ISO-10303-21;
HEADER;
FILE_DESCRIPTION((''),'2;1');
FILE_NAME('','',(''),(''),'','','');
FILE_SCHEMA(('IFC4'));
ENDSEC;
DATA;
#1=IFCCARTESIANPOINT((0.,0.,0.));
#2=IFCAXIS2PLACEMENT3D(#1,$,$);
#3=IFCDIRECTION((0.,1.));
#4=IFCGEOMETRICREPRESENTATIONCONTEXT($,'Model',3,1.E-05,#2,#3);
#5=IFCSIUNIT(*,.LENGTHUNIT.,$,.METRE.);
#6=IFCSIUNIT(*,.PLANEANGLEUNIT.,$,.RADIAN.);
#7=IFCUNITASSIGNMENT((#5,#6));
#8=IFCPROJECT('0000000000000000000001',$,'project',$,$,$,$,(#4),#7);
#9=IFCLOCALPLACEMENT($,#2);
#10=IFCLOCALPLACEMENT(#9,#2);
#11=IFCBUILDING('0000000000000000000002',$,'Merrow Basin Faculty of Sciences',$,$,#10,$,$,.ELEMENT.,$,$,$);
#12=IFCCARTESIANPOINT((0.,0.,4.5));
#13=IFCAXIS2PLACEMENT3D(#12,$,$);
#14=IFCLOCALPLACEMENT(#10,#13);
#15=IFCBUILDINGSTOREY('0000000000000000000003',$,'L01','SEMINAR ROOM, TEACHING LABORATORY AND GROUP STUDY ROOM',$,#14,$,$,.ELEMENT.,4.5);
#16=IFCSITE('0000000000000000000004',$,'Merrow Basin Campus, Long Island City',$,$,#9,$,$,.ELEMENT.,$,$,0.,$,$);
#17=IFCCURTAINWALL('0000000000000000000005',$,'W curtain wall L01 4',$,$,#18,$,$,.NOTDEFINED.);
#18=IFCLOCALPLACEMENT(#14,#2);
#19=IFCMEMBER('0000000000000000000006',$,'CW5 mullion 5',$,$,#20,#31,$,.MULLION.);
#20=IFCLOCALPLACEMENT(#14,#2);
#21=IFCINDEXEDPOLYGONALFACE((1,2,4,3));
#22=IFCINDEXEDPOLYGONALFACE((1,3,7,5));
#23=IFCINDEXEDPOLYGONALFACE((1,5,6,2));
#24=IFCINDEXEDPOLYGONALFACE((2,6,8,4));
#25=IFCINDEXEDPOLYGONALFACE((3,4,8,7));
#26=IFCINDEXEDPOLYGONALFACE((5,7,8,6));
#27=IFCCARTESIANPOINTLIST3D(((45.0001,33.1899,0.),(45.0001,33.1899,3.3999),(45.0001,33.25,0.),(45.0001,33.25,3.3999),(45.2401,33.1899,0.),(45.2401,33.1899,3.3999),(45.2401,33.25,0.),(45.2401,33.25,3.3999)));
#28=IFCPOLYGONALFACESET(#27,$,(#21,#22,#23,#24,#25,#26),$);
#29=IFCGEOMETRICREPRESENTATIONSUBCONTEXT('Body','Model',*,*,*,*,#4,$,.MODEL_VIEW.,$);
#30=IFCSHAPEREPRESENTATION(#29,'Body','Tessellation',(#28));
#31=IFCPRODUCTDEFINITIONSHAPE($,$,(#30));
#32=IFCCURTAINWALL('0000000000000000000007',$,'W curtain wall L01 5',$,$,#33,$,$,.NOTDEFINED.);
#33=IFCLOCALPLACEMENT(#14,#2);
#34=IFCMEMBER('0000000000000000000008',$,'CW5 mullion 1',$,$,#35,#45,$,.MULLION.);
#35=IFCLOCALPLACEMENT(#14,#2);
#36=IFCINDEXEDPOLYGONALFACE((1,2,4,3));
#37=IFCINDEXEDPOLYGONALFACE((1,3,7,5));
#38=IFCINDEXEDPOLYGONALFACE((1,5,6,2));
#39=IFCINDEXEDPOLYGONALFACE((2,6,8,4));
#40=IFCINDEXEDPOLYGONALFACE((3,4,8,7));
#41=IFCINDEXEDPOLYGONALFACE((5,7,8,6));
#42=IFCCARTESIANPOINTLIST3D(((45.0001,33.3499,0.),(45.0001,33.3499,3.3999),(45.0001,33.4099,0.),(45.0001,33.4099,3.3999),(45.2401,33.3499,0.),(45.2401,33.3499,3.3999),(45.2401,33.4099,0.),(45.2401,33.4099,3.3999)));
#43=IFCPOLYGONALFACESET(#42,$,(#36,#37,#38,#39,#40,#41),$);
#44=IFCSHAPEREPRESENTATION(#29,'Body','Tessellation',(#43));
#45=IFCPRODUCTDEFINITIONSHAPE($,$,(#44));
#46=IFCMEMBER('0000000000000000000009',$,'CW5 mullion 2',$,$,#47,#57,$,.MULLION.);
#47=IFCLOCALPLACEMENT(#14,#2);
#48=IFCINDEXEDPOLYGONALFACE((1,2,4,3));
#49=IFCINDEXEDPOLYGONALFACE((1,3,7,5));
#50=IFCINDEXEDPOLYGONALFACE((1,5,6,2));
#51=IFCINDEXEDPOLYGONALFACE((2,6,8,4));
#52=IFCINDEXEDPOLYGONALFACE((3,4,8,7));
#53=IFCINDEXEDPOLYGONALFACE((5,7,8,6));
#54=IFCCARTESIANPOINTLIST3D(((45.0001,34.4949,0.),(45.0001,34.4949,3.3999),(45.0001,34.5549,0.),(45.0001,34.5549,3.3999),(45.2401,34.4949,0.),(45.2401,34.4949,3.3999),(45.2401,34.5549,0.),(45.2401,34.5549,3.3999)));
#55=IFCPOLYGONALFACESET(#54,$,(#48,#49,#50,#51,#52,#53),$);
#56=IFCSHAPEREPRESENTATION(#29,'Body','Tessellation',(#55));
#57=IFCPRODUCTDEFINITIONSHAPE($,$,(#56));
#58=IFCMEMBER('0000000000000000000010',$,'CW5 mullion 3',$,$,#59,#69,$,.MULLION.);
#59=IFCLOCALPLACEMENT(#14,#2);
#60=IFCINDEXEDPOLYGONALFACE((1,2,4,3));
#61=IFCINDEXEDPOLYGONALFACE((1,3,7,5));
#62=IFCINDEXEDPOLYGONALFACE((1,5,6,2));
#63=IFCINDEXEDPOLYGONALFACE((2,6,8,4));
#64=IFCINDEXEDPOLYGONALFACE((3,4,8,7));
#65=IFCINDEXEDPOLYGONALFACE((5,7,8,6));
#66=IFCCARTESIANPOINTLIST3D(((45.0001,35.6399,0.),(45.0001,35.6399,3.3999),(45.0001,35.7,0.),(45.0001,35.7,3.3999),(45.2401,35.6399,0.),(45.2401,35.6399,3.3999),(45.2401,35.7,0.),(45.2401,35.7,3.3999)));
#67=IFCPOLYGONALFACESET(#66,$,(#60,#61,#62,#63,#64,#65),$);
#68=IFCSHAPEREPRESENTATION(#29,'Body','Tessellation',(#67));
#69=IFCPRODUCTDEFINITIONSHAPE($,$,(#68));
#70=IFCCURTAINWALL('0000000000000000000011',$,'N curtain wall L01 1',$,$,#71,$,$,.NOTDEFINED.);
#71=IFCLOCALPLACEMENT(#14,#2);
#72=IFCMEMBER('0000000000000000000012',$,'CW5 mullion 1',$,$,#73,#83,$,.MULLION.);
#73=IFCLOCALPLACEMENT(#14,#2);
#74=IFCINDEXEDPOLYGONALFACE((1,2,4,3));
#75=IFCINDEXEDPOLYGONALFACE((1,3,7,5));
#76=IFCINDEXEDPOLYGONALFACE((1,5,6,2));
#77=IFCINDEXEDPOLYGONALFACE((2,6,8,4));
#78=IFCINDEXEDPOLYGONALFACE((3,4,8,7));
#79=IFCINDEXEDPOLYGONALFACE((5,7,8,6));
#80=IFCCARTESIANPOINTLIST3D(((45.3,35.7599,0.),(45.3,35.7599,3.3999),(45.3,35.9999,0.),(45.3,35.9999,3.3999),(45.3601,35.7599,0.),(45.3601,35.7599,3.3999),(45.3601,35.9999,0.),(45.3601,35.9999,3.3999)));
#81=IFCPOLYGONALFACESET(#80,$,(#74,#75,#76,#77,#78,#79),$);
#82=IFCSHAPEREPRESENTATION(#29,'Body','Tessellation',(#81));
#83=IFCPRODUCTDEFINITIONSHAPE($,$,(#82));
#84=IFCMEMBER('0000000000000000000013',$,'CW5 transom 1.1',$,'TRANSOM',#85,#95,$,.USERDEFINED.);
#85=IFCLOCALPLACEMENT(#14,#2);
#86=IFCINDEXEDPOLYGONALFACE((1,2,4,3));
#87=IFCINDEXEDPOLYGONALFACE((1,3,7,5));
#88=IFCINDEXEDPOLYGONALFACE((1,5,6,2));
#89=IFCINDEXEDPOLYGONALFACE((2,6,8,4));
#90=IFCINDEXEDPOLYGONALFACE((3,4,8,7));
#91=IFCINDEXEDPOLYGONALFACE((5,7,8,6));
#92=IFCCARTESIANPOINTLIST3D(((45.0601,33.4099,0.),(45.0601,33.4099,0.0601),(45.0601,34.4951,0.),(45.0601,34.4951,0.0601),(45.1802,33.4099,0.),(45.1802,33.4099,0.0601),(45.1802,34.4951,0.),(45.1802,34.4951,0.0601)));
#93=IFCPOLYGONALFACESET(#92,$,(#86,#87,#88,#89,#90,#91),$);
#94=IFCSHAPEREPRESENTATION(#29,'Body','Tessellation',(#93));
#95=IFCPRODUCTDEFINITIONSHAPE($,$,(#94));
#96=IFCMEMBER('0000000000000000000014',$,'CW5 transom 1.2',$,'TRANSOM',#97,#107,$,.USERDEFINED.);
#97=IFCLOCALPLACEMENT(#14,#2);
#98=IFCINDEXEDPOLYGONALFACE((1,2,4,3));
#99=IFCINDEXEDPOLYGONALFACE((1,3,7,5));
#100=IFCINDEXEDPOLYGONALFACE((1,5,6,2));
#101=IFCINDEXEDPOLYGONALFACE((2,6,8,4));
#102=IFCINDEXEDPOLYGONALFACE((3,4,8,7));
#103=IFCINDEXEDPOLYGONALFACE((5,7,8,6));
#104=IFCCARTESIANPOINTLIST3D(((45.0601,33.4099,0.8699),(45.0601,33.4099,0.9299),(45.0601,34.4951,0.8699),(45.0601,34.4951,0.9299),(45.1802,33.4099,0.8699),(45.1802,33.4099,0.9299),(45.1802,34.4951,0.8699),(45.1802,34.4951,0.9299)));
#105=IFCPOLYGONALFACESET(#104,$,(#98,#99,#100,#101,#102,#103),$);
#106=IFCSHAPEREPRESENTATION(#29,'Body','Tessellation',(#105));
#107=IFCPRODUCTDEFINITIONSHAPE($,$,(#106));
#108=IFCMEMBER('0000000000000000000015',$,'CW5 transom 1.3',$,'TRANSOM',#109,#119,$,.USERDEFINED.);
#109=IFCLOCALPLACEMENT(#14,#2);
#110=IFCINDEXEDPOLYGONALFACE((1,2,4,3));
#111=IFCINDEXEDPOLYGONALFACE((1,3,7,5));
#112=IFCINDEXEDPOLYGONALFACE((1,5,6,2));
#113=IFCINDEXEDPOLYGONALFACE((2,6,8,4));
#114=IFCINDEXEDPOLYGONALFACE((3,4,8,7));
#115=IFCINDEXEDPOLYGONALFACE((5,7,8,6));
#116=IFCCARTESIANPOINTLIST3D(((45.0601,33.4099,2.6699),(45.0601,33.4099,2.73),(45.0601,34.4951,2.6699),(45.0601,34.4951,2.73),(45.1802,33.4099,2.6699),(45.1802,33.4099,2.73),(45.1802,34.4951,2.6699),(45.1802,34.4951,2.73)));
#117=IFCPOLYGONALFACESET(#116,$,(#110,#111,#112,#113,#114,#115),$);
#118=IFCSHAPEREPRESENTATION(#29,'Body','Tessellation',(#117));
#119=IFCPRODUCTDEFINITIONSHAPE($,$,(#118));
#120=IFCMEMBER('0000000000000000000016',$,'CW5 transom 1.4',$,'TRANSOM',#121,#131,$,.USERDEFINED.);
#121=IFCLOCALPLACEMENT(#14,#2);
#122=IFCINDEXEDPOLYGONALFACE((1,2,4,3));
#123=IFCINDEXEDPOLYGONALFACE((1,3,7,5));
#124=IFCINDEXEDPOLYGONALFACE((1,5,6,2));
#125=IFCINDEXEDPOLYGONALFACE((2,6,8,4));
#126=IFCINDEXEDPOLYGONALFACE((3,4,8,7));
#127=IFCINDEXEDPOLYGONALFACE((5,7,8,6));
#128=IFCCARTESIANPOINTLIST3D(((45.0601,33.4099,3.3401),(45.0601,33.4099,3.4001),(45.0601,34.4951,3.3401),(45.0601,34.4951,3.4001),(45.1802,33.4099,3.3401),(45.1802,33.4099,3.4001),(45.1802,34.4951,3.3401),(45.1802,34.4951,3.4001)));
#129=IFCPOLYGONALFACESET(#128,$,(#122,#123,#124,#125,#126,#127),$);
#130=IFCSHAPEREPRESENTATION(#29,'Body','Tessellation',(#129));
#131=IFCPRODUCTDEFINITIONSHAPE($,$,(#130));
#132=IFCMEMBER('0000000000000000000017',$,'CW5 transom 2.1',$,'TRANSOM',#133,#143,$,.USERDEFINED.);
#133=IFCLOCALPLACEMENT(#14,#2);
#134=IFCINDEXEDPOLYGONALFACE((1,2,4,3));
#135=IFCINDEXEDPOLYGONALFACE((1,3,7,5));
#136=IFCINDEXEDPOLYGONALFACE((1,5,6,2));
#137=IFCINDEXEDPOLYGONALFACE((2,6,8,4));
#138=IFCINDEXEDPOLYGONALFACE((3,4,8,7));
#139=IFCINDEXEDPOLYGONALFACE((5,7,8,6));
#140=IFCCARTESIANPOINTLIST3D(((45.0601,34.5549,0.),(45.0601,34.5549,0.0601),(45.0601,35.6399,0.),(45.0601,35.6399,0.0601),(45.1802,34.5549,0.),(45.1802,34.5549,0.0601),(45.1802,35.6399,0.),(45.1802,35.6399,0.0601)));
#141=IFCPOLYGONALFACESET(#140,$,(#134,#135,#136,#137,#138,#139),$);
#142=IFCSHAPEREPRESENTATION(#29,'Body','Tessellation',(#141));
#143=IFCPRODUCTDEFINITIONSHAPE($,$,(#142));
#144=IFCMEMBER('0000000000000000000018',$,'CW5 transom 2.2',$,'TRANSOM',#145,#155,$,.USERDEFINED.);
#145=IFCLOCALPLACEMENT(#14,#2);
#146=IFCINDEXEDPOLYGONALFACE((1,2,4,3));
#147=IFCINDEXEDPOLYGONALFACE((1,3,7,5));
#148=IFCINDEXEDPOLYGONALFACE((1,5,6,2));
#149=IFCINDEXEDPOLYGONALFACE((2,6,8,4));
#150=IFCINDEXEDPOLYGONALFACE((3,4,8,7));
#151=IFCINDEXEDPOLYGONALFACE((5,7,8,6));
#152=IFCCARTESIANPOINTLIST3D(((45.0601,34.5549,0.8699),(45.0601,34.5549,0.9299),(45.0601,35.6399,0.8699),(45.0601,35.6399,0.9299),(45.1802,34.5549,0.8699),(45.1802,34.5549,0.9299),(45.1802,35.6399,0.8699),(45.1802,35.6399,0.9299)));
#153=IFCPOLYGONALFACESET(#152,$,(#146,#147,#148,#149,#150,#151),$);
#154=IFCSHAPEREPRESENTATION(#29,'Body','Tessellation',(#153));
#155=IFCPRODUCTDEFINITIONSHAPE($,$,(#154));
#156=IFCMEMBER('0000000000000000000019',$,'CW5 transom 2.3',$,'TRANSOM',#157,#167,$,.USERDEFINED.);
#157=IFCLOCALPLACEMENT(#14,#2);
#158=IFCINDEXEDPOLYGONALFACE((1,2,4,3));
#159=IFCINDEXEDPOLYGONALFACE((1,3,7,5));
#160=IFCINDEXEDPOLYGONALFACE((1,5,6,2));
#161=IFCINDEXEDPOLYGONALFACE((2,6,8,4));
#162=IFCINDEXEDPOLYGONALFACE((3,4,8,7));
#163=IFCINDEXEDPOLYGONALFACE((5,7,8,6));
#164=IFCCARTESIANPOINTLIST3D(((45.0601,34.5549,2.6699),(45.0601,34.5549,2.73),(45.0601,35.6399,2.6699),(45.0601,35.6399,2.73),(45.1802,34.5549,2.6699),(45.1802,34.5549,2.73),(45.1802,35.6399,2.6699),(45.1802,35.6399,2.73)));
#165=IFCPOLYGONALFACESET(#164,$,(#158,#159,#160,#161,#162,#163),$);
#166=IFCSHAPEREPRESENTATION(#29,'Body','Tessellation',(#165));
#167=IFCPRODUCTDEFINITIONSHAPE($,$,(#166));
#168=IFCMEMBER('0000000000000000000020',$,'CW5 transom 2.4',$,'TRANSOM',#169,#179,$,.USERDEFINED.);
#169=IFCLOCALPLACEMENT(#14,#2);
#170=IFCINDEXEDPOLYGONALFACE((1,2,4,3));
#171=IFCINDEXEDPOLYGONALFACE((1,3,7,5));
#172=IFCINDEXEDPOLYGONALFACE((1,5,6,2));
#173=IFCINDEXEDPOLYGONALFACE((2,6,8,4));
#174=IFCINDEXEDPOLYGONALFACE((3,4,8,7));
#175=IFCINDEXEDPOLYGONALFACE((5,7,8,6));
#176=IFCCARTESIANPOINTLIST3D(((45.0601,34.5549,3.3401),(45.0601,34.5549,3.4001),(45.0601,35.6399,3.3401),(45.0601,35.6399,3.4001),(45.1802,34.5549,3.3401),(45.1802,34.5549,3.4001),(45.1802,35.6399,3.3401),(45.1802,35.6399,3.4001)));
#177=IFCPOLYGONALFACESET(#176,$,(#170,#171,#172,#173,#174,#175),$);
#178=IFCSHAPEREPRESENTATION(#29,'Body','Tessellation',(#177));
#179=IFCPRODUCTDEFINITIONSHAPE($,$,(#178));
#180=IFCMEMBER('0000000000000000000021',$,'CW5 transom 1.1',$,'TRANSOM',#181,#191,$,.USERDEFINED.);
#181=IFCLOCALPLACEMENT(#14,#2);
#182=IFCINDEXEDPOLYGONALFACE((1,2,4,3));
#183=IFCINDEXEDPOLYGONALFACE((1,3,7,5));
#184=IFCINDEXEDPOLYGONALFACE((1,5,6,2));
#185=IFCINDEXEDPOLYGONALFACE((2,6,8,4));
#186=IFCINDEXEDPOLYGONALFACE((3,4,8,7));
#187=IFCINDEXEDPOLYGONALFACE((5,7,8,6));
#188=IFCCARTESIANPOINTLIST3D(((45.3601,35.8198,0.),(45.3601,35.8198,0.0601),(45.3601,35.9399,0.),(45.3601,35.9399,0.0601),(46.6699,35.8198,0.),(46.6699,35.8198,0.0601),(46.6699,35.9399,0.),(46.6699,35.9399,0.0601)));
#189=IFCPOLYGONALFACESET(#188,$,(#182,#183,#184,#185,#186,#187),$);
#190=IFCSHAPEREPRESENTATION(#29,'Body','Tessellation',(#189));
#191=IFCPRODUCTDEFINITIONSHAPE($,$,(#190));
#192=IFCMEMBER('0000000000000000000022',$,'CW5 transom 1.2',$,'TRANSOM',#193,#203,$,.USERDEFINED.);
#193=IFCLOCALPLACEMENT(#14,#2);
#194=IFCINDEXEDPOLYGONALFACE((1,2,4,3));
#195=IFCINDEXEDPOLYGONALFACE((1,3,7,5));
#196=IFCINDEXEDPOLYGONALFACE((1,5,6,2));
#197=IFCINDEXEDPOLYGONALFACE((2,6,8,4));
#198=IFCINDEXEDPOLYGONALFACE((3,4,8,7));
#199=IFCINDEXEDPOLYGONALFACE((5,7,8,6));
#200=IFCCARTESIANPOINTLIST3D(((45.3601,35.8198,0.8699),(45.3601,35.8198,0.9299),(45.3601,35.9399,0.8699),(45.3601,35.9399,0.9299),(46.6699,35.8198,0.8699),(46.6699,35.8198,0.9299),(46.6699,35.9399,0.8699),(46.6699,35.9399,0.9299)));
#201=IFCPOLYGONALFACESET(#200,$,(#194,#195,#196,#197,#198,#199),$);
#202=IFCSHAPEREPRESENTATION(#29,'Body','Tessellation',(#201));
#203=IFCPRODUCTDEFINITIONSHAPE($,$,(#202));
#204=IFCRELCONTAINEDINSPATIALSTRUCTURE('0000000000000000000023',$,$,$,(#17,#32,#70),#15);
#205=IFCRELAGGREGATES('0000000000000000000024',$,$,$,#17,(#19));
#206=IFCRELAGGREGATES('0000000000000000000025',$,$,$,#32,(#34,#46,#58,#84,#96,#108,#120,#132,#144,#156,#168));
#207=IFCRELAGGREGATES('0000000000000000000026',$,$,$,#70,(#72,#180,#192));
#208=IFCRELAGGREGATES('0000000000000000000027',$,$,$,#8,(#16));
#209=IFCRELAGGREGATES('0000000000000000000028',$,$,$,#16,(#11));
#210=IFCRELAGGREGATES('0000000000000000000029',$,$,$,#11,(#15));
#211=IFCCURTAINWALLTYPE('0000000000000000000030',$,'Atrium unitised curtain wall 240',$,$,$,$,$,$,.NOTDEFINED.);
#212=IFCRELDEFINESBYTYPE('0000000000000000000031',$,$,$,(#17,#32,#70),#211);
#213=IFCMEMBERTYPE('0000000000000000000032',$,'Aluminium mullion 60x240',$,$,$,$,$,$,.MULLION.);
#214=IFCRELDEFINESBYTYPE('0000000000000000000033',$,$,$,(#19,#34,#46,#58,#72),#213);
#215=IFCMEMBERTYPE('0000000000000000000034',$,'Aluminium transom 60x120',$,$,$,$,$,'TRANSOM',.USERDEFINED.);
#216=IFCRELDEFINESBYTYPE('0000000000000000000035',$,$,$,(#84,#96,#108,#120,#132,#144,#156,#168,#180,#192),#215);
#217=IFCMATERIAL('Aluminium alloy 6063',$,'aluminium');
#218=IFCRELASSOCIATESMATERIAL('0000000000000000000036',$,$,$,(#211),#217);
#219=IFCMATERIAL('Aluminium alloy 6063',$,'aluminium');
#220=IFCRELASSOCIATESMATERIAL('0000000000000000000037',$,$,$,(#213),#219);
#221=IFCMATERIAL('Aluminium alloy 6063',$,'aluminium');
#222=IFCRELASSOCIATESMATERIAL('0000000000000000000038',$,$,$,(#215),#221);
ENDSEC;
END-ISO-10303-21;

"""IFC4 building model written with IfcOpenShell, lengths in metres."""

from ifc_helpers import new_model, si_unit, direction, frame, origin, origin_2d, place, context, subcontext, project, spatial, rectangle, extrude, material, material_profile, profile_set, type_object, element, aggregate, save


model = new_model("IFC4")

# Units and contexts
model_context = context("Model", 3, precision=1e-05, world=origin(), true_north=direction((0.0, 1.0)))
body_context = subcontext(model_context, "Body", "Model", "MODEL_VIEW")
ifc_project = project(units=[si_unit("LENGTHUNIT", "METRE"), si_unit("PLANEANGLEUNIT", "RADIAN")], contexts=[model_context])

# Site, building, storey
site_placement = place(None, origin())
site = spatial("IfcSite", under=ifc_project, at=site_placement, Name="Merrow Basin Campus, Long Island City", CompositionType="ELEMENT", RefElevation=0.0)
building_placement = place(site_placement, origin())
building = spatial("IfcBuilding", under=site, at=building_placement, Name="Merrow Basin Faculty of Sciences", CompositionType="ELEMENT")
storey_placement = place(building_placement, frame((0.0, 0.0, 4.5)))
storey = spatial("IfcBuildingStorey", under=building, at=storey_placement, Name="L01", Description="SEMINAR ROOM, TEACHING LABORATORY AND GROUP STUDY ROOM", CompositionType="ELEMENT", Elevation=4.5)

# Curtain wall, member
ifc_material_1 = material(Name="Aluminium alloy 6063", Category="aluminium")
curtain_wall_type = type_object("IfcCurtainWallType", Name="Atrium unitised curtain wall 240", PredefinedType="NOTDEFINED", material=ifc_material_1)
curtain_wall_1_placement = place(storey_placement, origin())
curtain_wall_1 = element("IfcCurtainWall", 1, at=curtain_wall_1_placement, inside=storey, type_object=curtain_wall_type, Name="W curtain wall L01 4", PredefinedType="NOTDEFINED")
ifc_material_2 = material(Name="Aluminium alloy 6063", Category="aluminium")
ifc_material_profile_1 = material_profile(ifc_material_2, rectangle(XDim=0.24, YDim=0.0601, at=origin_2d()))
ifc_profile_set_1 = profile_set([ifc_material_profile_1], Name="Aluminium alloy 6063")
member_type_1 = type_object("IfcMemberType", Name="Aluminium mullion 60x240", PredefinedType="MULLION", material=ifc_profile_set_1)
member_1_placement = place(storey_placement, frame((45.1201, 33.22, 0.0), z_axis=(0.0, 0.0, 1.0), x_axis=(-1.0, 0.0, 0.0)))
member_1 = element("IfcMember", 2, at=member_1_placement, type_object=member_type_1, Name="CW5 mullion 5", PredefinedType="MULLION", context=body_context, shape_type="SweptSolid", body=[
    extrude(rectangle(XDim=0.24, YDim=0.0601, at=origin_2d()), origin(), (0.0, 0.0, 1.0), 3.3999),
])
aggregate(curtain_wall_1, [member_1])

# Curtain wall, members
curtain_wall_2_placement = place(storey_placement, origin())
curtain_wall_2 = element("IfcCurtainWall", 3, at=curtain_wall_2_placement, inside=storey, type_object=curtain_wall_type, Name="W curtain wall L01 5", PredefinedType="NOTDEFINED")
member_2_placement = place(storey_placement, frame((45.1201, 33.3799, 0.0), z_axis=(0.0, 0.0, 1.0), x_axis=(-1.0, 0.0, 0.0)))
member_2 = element("IfcMember", 4, at=member_2_placement, type_object=member_type_1, Name="CW5 mullion 1", PredefinedType="MULLION", context=body_context, shape_type="SweptSolid", body=[
    extrude(rectangle(XDim=0.24, YDim=0.0601, at=origin_2d()), origin(), (0.0, 0.0, 1.0), 3.3999),
])
member_3_placement = place(storey_placement, frame((45.1201, 34.5249, 0.0), z_axis=(0.0, 0.0, 1.0), x_axis=(-1.0, 0.0, 0.0)))
member_3 = element("IfcMember", 5, at=member_3_placement, type_object=member_type_1, Name="CW5 mullion 2", PredefinedType="MULLION", context=body_context, shape_type="SweptSolid", body=[
    extrude(rectangle(XDim=0.24, YDim=0.0601, at=origin_2d()), origin(), (0.0, 0.0, 1.0), 3.3999),
])
member_4_placement = place(storey_placement, frame((45.1201, 35.6699, 0.0), z_axis=(0.0, 0.0, 1.0), x_axis=(-1.0, 0.0, 0.0)))
member_4 = element("IfcMember", 6, at=member_4_placement, type_object=member_type_1, Name="CW5 mullion 3", PredefinedType="MULLION", context=body_context, shape_type="SweptSolid", body=[
    extrude(rectangle(XDim=0.24, YDim=0.0601, at=origin_2d()), origin(), (0.0, 0.0, 1.0), 3.3999),
])

# Curtain wall, member
curtain_wall_3_placement = place(storey_placement, origin())
curtain_wall_3 = element("IfcCurtainWall", 7, at=curtain_wall_3_placement, inside=storey, type_object=curtain_wall_type, Name="N curtain wall L01 1", PredefinedType="NOTDEFINED")
member_5_placement = place(storey_placement, frame((45.3301, 35.8799, 0.0), z_axis=(0.0, 0.0, 1.0), x_axis=(0.0, 1.0, 0.0)))
member_5 = element("IfcMember", 8, at=member_5_placement, type_object=member_type_1, Name="CW5 mullion 1", PredefinedType="MULLION", context=body_context, shape_type="SweptSolid", body=[
    extrude(rectangle(XDim=0.24, YDim=0.0601, at=origin_2d()), origin(), (0.0, 0.0, 1.0), 3.3999),
])

# Members
ifc_material_3 = material(Name="Aluminium alloy 6063", Category="aluminium")
ifc_material_profile_2 = material_profile(ifc_material_3, rectangle(XDim=0.1201, YDim=0.0601, at=origin_2d()))
ifc_profile_set_2 = profile_set([ifc_material_profile_2], Name="Aluminium alloy 6063")
member_type_2 = type_object("IfcMemberType", Name="Aluminium transom 60x120", ElementType="TRANSOM", PredefinedType="USERDEFINED", material=ifc_profile_set_2)
member_6_placement = place(storey_placement, frame((45.1201, 33.4099, 0.03), z_axis=(0.0, 1.0, 0.0), x_axis=(-1.0, 0.0, 0.0)))
member_6 = element("IfcMember", 9, at=member_6_placement, type_object=member_type_2, Name="CW5 transom 1.1", ObjectType="TRANSOM", PredefinedType="USERDEFINED", context=body_context, shape_type="SweptSolid", body=[
    extrude(rectangle(XDim=0.1201, YDim=0.0601, at=origin_2d()), origin(), (0.0, 0.0, 1.0), 1.0852),
])
member_7_placement = place(storey_placement, frame((45.1201, 33.4099, 0.8999), z_axis=(0.0, 1.0, 0.0), x_axis=(-1.0, 0.0, 0.0)))
member_7 = element("IfcMember", 10, at=member_7_placement, type_object=member_type_2, Name="CW5 transom 1.2", ObjectType="TRANSOM", PredefinedType="USERDEFINED", context=body_context, shape_type="SweptSolid", body=[
    extrude(rectangle(XDim=0.1201, YDim=0.0601, at=origin_2d()), origin(), (0.0, 0.0, 1.0), 1.0852),
])
member_8_placement = place(storey_placement, frame((45.1201, 33.4099, 2.7), z_axis=(0.0, 1.0, 0.0), x_axis=(-1.0, 0.0, 0.0)))
member_8 = element("IfcMember", 11, at=member_8_placement, type_object=member_type_2, Name="CW5 transom 1.3", ObjectType="TRANSOM", PredefinedType="USERDEFINED", context=body_context, shape_type="SweptSolid", body=[
    extrude(rectangle(XDim=0.1201, YDim=0.0601, at=origin_2d()), origin(), (0.0, 0.0, 1.0), 1.0852),
])
member_9_placement = place(storey_placement, frame((45.1201, 33.4099, 3.3701), z_axis=(0.0, 1.0, 0.0), x_axis=(-1.0, 0.0, 0.0)))
member_9 = element("IfcMember", 12, at=member_9_placement, type_object=member_type_2, Name="CW5 transom 1.4", ObjectType="TRANSOM", PredefinedType="USERDEFINED", context=body_context, shape_type="SweptSolid", body=[
    extrude(rectangle(XDim=0.1201, YDim=0.0601, at=origin_2d()), origin(), (0.0, 0.0, 1.0), 1.0852),
])
member_10_placement = place(storey_placement, frame((45.1201, 34.5549, 0.03), z_axis=(0.0, 1.0, 0.0), x_axis=(-1.0, 0.0, 0.0)))
member_10 = element("IfcMember", 13, at=member_10_placement, type_object=member_type_2, Name="CW5 transom 2.1", ObjectType="TRANSOM", PredefinedType="USERDEFINED", context=body_context, shape_type="SweptSolid", body=[
    extrude(rectangle(XDim=0.1201, YDim=0.0601, at=origin_2d()), origin(), (0.0, 0.0, 1.0), 1.085),
])
member_11_placement = place(storey_placement, frame((45.1201, 34.5549, 0.8999), z_axis=(0.0, 1.0, 0.0), x_axis=(-1.0, 0.0, 0.0)))
member_11 = element("IfcMember", 14, at=member_11_placement, type_object=member_type_2, Name="CW5 transom 2.2", ObjectType="TRANSOM", PredefinedType="USERDEFINED", context=body_context, shape_type="SweptSolid", body=[
    extrude(rectangle(XDim=0.1201, YDim=0.0601, at=origin_2d()), origin(), (0.0, 0.0, 1.0), 1.085),
])
member_12_placement = place(storey_placement, frame((45.1201, 34.5549, 2.7), z_axis=(0.0, 1.0, 0.0), x_axis=(-1.0, 0.0, 0.0)))
member_12 = element("IfcMember", 15, at=member_12_placement, type_object=member_type_2, Name="CW5 transom 2.3", ObjectType="TRANSOM", PredefinedType="USERDEFINED", context=body_context, shape_type="SweptSolid", body=[
    extrude(rectangle(XDim=0.1201, YDim=0.0601, at=origin_2d()), origin(), (0.0, 0.0, 1.0), 1.085),
])
member_13_placement = place(storey_placement, frame((45.1201, 34.5549, 3.3701), z_axis=(0.0, 1.0, 0.0), x_axis=(-1.0, 0.0, 0.0)))
member_13 = element("IfcMember", 16, at=member_13_placement, type_object=member_type_2, Name="CW5 transom 2.4", ObjectType="TRANSOM", PredefinedType="USERDEFINED", context=body_context, shape_type="SweptSolid", body=[
    extrude(rectangle(XDim=0.1201, YDim=0.0601, at=origin_2d()), origin(), (0.0, 0.0, 1.0), 1.085),
])
member_14_placement = place(storey_placement, frame((45.3601, 35.8799, 0.03), z_axis=(1.0, 0.0, 0.0), x_axis=(0.0, 1.0, 0.0)))
member_14 = element("IfcMember", 17, at=member_14_placement, type_object=member_type_2, Name="CW5 transom 1.1", ObjectType="TRANSOM", PredefinedType="USERDEFINED", context=body_context, shape_type="SweptSolid", body=[
    extrude(rectangle(XDim=0.1201, YDim=0.0601, at=origin_2d()), origin(), (0.0, 0.0, 1.0), 1.3098),
])
member_15_placement = place(storey_placement, frame((45.3601, 35.8799, 0.8999), z_axis=(1.0, 0.0, 0.0), x_axis=(0.0, 1.0, 0.0)))
member_15 = element("IfcMember", 18, at=member_15_placement, type_object=member_type_2, Name="CW5 transom 1.2", ObjectType="TRANSOM", PredefinedType="USERDEFINED", context=body_context, shape_type="SweptSolid", body=[
    extrude(rectangle(XDim=0.1201, YDim=0.0601, at=origin_2d()), origin(), (0.0, 0.0, 1.0), 1.3098),
])

aggregate(curtain_wall_2, [member_2, member_3, member_4, member_6, member_7, member_8, member_9, member_10, member_11, member_12, member_13])
aggregate(curtain_wall_3, [member_5, member_14, member_15])

save(model, "model.ifc")
